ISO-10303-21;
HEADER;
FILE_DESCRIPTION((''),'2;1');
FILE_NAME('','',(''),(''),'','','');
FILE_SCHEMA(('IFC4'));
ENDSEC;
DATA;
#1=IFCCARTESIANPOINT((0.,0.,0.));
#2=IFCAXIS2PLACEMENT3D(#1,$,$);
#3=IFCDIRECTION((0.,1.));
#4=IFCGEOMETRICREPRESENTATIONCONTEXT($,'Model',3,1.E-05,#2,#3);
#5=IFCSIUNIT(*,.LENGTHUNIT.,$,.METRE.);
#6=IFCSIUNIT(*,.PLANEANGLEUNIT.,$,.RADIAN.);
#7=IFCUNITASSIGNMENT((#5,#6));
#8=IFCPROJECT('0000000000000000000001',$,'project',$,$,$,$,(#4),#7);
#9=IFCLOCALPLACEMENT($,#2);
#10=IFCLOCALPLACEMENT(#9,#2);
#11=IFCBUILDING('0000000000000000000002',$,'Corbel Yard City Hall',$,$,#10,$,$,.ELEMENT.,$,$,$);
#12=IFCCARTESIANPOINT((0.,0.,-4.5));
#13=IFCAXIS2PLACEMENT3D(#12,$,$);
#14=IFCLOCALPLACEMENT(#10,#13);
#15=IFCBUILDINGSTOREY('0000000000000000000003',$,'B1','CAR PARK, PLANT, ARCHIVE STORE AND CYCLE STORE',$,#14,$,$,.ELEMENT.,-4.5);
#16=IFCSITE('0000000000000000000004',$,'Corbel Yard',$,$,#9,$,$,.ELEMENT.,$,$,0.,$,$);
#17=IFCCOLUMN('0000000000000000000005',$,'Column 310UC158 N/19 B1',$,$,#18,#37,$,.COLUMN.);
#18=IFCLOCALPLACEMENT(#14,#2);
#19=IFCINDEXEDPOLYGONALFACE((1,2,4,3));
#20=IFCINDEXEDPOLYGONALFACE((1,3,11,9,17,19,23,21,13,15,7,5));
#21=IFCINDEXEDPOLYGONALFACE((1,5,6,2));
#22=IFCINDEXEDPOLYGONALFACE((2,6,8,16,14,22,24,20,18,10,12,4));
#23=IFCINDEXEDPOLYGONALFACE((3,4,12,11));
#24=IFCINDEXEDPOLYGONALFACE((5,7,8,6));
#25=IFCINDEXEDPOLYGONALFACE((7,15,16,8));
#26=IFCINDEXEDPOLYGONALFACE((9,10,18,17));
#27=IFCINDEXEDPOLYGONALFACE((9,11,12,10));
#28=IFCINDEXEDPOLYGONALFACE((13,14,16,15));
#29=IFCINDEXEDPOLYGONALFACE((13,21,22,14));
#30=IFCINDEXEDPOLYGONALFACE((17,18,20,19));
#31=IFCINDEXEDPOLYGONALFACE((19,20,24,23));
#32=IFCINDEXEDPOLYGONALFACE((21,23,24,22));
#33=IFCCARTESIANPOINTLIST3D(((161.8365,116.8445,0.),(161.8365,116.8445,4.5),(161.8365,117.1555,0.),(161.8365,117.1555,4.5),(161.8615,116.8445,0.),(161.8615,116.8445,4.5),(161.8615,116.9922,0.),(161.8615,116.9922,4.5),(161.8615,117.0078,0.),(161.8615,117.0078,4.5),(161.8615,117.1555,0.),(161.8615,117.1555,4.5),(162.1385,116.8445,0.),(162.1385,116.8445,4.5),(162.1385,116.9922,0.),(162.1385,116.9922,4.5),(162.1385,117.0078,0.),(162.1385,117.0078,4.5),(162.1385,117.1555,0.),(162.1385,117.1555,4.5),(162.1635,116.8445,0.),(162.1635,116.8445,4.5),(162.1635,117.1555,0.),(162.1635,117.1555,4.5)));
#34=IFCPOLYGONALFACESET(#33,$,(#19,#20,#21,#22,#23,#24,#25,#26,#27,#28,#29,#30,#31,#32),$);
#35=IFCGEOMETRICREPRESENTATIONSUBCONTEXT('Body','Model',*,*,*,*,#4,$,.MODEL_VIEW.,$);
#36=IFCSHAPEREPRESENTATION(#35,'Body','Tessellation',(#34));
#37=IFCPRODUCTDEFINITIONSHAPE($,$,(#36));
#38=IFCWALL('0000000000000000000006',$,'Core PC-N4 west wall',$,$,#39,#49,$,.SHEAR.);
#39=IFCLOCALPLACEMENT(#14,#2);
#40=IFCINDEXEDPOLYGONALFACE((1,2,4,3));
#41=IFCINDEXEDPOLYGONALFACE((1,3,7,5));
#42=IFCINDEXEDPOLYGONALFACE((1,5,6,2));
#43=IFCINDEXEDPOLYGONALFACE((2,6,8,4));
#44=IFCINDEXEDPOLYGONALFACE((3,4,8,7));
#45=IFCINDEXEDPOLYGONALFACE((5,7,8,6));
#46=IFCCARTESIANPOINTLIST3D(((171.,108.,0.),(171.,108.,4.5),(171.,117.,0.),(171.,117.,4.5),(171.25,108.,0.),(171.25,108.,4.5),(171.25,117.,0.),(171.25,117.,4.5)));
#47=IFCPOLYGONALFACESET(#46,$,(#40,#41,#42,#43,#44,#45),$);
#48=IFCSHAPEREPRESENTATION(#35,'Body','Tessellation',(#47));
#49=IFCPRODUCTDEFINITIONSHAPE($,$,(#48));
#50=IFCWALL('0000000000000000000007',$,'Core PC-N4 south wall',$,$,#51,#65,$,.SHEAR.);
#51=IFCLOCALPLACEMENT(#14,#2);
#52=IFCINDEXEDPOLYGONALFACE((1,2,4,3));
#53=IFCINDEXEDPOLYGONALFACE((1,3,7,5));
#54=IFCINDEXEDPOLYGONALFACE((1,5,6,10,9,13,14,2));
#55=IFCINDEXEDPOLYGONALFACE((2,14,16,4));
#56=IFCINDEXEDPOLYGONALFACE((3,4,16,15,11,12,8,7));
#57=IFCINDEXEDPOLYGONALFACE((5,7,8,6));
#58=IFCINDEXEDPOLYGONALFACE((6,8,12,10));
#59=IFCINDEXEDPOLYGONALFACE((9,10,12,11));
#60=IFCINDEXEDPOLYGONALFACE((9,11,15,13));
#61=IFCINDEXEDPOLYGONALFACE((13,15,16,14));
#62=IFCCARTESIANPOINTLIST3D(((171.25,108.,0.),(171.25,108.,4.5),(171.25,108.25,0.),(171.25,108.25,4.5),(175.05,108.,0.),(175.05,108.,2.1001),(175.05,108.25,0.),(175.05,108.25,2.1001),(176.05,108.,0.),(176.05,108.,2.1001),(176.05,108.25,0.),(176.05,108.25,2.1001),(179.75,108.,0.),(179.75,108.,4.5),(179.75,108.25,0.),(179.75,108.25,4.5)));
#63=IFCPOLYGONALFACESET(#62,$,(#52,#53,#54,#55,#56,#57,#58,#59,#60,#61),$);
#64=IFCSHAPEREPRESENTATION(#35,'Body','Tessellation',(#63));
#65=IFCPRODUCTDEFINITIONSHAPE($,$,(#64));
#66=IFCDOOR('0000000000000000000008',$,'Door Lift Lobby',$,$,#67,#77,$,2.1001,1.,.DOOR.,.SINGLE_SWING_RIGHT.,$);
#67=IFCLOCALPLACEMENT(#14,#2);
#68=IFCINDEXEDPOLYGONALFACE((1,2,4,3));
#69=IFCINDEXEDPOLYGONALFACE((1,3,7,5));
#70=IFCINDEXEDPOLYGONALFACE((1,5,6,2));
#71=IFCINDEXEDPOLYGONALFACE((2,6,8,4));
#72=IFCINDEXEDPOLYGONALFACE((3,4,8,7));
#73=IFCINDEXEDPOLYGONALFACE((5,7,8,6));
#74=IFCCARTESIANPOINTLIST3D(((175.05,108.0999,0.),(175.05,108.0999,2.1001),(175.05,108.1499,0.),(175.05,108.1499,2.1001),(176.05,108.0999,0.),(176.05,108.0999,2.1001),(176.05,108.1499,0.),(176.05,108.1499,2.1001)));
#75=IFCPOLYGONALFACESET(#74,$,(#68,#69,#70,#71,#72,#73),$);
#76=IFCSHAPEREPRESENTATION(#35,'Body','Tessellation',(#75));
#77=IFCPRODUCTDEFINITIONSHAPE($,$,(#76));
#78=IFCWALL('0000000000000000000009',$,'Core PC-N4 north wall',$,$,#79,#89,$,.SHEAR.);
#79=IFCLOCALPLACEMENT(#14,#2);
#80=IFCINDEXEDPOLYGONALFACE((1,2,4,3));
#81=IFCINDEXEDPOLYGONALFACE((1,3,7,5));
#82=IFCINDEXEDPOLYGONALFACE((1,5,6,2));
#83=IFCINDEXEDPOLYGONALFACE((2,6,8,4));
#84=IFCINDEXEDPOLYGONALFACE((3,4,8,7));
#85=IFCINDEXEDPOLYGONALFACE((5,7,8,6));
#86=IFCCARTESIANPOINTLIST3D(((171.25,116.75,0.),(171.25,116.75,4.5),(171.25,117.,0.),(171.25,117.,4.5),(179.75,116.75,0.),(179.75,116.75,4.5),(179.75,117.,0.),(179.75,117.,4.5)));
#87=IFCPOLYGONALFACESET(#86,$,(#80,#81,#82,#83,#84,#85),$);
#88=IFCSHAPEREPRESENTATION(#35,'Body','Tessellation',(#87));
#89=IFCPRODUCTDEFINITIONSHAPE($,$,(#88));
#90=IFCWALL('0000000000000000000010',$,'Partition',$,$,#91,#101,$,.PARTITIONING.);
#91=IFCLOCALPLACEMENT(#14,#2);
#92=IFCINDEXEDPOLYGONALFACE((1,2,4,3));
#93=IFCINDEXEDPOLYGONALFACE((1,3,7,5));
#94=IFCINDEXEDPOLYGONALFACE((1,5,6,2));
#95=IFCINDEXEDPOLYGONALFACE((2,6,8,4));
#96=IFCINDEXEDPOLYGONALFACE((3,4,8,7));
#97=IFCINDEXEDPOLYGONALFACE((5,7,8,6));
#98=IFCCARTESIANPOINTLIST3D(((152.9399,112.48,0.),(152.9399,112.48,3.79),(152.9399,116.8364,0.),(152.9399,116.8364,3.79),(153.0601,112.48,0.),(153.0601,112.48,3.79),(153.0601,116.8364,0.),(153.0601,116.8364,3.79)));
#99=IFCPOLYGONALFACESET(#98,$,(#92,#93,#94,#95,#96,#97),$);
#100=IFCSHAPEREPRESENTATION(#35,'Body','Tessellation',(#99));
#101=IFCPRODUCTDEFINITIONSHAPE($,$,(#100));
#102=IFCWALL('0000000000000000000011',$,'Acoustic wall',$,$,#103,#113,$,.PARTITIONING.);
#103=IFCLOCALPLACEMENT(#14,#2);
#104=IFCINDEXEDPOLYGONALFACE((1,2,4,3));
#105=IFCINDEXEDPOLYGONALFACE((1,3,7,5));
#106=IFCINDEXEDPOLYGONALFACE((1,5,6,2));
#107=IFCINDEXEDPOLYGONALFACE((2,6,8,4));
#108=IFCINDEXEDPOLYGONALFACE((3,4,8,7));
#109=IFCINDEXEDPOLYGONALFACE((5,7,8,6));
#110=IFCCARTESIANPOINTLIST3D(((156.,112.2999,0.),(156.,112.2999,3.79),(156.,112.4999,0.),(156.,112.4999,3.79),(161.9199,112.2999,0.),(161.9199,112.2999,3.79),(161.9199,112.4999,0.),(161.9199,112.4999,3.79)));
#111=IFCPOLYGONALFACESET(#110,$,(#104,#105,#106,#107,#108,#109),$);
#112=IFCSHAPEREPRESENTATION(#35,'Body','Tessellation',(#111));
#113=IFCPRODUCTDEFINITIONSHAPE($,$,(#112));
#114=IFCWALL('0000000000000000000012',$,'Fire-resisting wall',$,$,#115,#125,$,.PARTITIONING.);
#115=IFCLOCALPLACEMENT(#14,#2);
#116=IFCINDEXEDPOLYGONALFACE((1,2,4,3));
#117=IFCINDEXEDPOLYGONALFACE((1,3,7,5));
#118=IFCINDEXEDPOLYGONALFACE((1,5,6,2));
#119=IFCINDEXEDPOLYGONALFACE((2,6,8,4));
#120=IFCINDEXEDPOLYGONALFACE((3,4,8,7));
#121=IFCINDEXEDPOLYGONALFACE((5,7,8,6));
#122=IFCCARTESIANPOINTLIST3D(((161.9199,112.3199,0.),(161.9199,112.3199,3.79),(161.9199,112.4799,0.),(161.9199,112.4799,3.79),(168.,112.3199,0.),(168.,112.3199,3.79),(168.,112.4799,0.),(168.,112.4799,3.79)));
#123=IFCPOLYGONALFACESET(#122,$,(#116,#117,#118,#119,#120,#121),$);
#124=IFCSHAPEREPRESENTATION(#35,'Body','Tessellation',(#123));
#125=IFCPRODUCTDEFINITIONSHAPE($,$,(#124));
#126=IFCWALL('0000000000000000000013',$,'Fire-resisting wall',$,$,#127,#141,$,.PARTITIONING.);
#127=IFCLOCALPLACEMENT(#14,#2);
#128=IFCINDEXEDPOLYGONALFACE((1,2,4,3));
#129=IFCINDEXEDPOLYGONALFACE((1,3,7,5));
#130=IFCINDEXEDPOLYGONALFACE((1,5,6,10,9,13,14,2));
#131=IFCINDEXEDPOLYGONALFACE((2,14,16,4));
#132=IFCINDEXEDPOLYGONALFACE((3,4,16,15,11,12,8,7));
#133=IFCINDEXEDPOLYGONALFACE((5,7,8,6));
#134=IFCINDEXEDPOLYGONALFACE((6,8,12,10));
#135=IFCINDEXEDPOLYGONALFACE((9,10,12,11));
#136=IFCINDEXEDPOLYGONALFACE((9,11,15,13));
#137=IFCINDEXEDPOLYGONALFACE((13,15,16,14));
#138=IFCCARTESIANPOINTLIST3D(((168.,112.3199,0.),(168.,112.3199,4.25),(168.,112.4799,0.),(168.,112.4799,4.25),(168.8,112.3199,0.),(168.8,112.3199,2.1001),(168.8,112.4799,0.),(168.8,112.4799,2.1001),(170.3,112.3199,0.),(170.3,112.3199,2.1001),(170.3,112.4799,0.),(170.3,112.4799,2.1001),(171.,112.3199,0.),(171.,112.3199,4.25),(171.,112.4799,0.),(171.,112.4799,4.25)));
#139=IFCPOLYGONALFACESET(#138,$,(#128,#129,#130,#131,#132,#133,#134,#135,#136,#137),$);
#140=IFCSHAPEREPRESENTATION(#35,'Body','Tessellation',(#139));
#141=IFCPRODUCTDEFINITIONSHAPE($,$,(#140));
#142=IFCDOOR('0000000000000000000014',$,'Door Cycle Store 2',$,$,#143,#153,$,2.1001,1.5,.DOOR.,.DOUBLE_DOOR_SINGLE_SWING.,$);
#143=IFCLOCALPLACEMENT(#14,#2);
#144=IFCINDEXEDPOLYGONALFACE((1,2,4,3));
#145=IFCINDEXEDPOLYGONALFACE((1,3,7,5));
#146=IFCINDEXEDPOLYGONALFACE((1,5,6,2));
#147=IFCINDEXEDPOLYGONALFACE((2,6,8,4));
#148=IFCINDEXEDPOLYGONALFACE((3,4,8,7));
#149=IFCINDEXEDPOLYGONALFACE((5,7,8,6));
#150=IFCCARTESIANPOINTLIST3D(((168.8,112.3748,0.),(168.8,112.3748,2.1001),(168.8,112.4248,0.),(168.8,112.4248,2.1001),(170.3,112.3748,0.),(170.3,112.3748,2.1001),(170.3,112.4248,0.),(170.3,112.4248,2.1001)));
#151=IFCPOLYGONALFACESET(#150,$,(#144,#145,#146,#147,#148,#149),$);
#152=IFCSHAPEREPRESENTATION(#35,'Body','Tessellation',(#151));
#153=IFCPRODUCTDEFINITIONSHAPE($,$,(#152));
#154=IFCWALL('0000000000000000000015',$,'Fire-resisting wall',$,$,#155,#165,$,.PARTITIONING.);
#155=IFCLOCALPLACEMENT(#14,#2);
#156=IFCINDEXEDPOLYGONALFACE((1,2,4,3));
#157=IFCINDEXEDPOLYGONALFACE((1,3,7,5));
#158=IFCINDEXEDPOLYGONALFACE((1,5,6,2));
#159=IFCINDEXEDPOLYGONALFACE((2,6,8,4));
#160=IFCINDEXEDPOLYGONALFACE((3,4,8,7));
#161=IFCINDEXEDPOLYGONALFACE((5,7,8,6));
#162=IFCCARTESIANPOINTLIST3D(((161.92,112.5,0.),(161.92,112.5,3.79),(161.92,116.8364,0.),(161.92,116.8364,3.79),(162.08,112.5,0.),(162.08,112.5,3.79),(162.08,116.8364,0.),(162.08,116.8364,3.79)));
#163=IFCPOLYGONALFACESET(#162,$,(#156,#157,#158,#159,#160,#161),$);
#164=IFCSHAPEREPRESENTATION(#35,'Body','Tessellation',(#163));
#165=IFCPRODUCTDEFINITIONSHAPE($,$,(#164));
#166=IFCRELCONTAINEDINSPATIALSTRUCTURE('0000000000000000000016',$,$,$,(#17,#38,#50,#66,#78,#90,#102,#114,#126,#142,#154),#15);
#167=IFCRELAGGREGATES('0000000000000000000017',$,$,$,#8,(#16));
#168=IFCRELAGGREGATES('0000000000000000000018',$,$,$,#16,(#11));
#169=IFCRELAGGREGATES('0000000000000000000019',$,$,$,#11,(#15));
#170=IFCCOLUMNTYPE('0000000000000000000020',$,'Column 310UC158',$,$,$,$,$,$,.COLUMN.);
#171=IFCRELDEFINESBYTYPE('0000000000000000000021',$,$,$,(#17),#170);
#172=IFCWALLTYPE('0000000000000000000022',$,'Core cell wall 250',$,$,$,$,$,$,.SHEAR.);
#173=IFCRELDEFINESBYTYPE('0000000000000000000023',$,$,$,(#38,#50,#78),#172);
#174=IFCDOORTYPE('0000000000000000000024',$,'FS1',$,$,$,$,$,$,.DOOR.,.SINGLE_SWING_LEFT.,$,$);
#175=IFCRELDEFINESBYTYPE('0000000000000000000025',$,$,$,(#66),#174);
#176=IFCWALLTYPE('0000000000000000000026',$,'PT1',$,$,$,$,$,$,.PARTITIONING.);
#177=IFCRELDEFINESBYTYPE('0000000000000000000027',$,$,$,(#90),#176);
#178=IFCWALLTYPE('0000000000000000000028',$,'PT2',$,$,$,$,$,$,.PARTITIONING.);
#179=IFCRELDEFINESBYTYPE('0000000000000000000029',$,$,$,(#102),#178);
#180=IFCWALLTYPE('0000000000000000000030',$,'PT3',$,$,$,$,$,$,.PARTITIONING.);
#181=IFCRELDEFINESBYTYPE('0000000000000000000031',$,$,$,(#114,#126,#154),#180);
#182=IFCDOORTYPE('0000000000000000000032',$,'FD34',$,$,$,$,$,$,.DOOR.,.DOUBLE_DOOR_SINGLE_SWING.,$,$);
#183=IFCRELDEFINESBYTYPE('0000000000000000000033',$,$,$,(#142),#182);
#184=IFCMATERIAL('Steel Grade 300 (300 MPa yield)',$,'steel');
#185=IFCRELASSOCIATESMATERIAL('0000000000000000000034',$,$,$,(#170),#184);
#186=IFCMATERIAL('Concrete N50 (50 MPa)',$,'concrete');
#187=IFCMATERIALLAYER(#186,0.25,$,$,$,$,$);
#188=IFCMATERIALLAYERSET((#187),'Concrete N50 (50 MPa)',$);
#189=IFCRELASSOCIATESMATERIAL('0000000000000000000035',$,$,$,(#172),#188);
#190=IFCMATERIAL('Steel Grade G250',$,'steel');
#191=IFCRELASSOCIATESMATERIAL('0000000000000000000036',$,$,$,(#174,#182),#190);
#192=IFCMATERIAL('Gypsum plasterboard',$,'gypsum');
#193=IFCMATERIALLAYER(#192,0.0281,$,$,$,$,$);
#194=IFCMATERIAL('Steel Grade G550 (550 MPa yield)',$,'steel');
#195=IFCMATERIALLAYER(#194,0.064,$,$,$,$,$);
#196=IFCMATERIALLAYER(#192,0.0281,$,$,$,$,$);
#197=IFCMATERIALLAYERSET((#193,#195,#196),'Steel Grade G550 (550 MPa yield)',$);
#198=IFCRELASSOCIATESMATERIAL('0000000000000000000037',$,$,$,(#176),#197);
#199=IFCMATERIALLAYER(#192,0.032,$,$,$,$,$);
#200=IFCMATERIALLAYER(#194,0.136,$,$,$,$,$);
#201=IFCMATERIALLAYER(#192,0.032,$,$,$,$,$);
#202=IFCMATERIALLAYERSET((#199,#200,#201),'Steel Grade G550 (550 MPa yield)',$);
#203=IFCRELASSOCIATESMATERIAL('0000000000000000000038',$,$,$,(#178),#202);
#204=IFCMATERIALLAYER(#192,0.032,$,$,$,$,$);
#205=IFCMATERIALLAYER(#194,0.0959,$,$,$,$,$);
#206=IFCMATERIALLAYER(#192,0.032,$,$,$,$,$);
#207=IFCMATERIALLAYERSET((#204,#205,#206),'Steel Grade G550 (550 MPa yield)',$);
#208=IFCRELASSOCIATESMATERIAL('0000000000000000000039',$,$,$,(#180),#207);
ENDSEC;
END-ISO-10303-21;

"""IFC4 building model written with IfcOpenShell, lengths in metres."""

from ifc_helpers import new_model, si_unit, direction, frame, frame_2d, origin, origin_2d, place, context, subcontext, project, spatial, rectangle, i_section, extrude, material, layer, layer_set, material_profile, profile_set, type_object, element, fill, save


model = new_model("IFC4")

# Units and contexts
model_context = context("Model", 3, precision=1e-05, world=origin(), true_north=direction((0.0, 1.0)))
body_context = subcontext(model_context, "Body", "Model", "MODEL_VIEW")
ifc_project = project(units=[si_unit("LENGTHUNIT", "METRE"), si_unit("PLANEANGLEUNIT", "RADIAN")], contexts=[model_context])

# Site, building, storey
site_placement = place(None, origin())
site = spatial("IfcSite", under=ifc_project, at=site_placement, Name="Corbel Yard", CompositionType="ELEMENT", RefElevation=0.0)
building_placement = place(site_placement, origin())
building = spatial("IfcBuilding", under=site, at=building_placement, Name="Corbel Yard City Hall", CompositionType="ELEMENT")
storey_placement = place(building_placement, frame((0.0, 0.0, -4.5)))
storey = spatial("IfcBuildingStorey", under=building, at=storey_placement, Name="B1", Description="CAR PARK, PLANT, ARCHIVE STORE AND CYCLE STORE", CompositionType="ELEMENT", Elevation=-4.5)

# Column
ifc_material_1 = material(Name="Steel Grade 300 (300 MPa yield)", Category="steel")
ifc_material_profile_1 = material_profile(ifc_material_1, i_section(OverallWidth=0.311, OverallDepth=0.3269, WebThickness=0.0156, FlangeThickness=0.0249, at=origin_2d()), Name="310UC158")
ifc_profile_set_1 = profile_set([ifc_material_profile_1], Name="Steel Grade 300 (300 MPa yield)")
column_type = type_object("IfcColumnType", Name="Column 310UC158", PredefinedType="COLUMN", material=ifc_profile_set_1)
for number, where, z_axis, x_axis, name in (
    (1, (162.0, 117.0, 0.0), (0.0, 0.0, 1.0), (0.0, 1.0, 0.0), "Column 310UC158 N/19 B1"),
):
    element("IfcColumn", number, at=place(storey_placement, frame(where, z_axis=z_axis, x_axis=x_axis)), inside=storey, type_object=column_type, Name=name, PredefinedType="COLUMN", context=body_context, shape_type="SweptSolid", body=[
        extrude(i_section(OverallWidth=0.311, OverallDepth=0.3269, WebThickness=0.0156, FlangeThickness=0.0249, at=origin_2d()), origin(), (0.0, 0.0, 1.0), 4.5),
    ])

# Wall
ifc_material_2 = material(Name="Concrete N50 (50 MPa)", Category="concrete")
ifc_layer_1 = layer(ifc_material_2, 0.25)
ifc_layer_set_1 = layer_set([ifc_layer_1], Name="Concrete N50 (50 MPa)")
wall_type_1 = type_object("IfcWallType", Name="Core cell wall 250", PredefinedType="SHEAR", material=ifc_layer_set_1)
wall_1_placement = place(storey_placement, frame((171.125, 108.0, 0.0), z_axis=(0.0, 0.0, 1.0), x_axis=(0.0, 1.0, 0.0)))
element("IfcWall", 2, at=wall_1_placement, inside=storey, type_object=wall_type_1, Name="Core PC-N4 west wall", PredefinedType="SHEAR", context=body_context, shape_type="SweptSolid", body=[
    extrude(rectangle(XDim=9.0, YDim=0.25, at=frame_2d((4.5, 0.0))), origin(), (0.0, 0.0, 1.0), 4.5),
])

# Wall, opening, door
wall_2_placement = place(storey_placement, frame((171.25, 108.125, 0.0), z_axis=(0.0, 0.0, 1.0), x_axis=(1.0, 0.0, 0.0)))
wall_2 = element("IfcWall", 3, at=wall_2_placement, inside=storey, type_object=wall_type_1, Name="Core PC-N4 south wall", PredefinedType="SHEAR", context=body_context, shape_type="SweptSolid", body=[
    extrude(rectangle(XDim=8.5, YDim=0.25, at=frame_2d((4.25, 0.0))), origin(), (0.0, 0.0, 1.0), 4.5),
])
opening_1_placement = place(wall_2_placement, frame((3.8, 0.0, 0.0)))
opening_1 = element("IfcOpeningElement", 4, at=opening_1_placement, cuts=wall_2, PredefinedType="OPENING", context=body_context, shape_type="SweptSolid", body=[
    extrude(rectangle(XDim=1.0, YDim=2.1001, at=frame_2d((0.5, 1.05))), frame((0.0, 0.135, 0.0), z_axis=(0.0, -1.0, 0.0), x_axis=(1.0, 0.0, 0.0)), (0.0, 0.0, 1.0), 0.27),
])
ifc_material_3 = material(Name="Steel Grade G250", Category="steel")
door_type_1 = type_object("IfcDoorType", Name="FS1", OperationType="SINGLE_SWING_LEFT", PredefinedType="DOOR", material=ifc_material_3)
door_1_placement = place(opening_1_placement, origin())
door_1 = element("IfcDoor", 5, at=door_1_placement, inside=storey, type_object=door_type_1, Name="Door Lift Lobby", OperationType="SINGLE_SWING_RIGHT", OverallHeight=2.1001, OverallWidth=1.0, PredefinedType="DOOR", context=body_context, shape_type="SweptSolid", body=[
    extrude(rectangle(XDim=1.0, YDim=2.1001, at=frame_2d((0.5, 1.05))), frame((0.0, 0.0249, 0.0), z_axis=(0.0, -1.0, 0.0), x_axis=(1.0, 0.0, 0.0)), (0.0, 0.0, 1.0), 0.05),
])
fill(opening_1, door_1)

# Walls
wall_3_placement = place(storey_placement, frame((171.25, 116.875, 0.0), z_axis=(0.0, 0.0, 1.0), x_axis=(1.0, 0.0, 0.0)))
element("IfcWall", 6, at=wall_3_placement, inside=storey, type_object=wall_type_1, Name="Core PC-N4 north wall", PredefinedType="SHEAR", context=body_context, shape_type="SweptSolid", body=[
    extrude(rectangle(XDim=8.5, YDim=0.25, at=frame_2d((4.25, 0.0))), origin(), (0.0, 0.0, 1.0), 4.5),
])
ifc_material_4 = material(Name="Gypsum plasterboard", Category="gypsum")
ifc_layer_2 = layer(ifc_material_4, 0.0281)
ifc_material_5 = material(Name="Steel Grade G550 (550 MPa yield)", Category="steel")
ifc_layer_3 = layer(ifc_material_5, 0.064)
ifc_layer_4 = layer(ifc_material_4, 0.0281)
ifc_layer_set_2 = layer_set([ifc_layer_2, ifc_layer_3, ifc_layer_4], Name="Steel Grade G550 (550 MPa yield)")
wall_type_2 = type_object("IfcWallType", Name="PT1", PredefinedType="PARTITIONING", material=ifc_layer_set_2)
wall_4_placement = place(storey_placement, frame((153.0, 112.48, 0.0), z_axis=(0.0, 0.0, 1.0), x_axis=(0.0, 1.0, 0.0)))
element("IfcWall", 7, at=wall_4_placement, inside=storey, type_object=wall_type_2, Name="Partition", PredefinedType="PARTITIONING", context=body_context, shape_type="SweptSolid", body=[
    extrude(rectangle(XDim=4.3564, YDim=0.1201, at=frame_2d((2.1782, 0.0))), origin(), (0.0, 0.0, 1.0), 3.79),
])
ifc_layer_5 = layer(ifc_material_4, 0.032)
ifc_layer_6 = layer(ifc_material_5, 0.136)
ifc_layer_7 = layer(ifc_material_4, 0.032)
ifc_layer_set_3 = layer_set([ifc_layer_5, ifc_layer_6, ifc_layer_7], Name="Steel Grade G550 (550 MPa yield)")
wall_type_3 = type_object("IfcWallType", Name="PT2", PredefinedType="PARTITIONING", material=ifc_layer_set_3)
wall_5_placement = place(storey_placement, frame((156.0, 112.3999, 0.0), z_axis=(0.0, 0.0, 1.0), x_axis=(1.0, 0.0, 0.0)))
element("IfcWall", 8, at=wall_5_placement, inside=storey, type_object=wall_type_3, Name="Acoustic wall", PredefinedType="PARTITIONING", context=body_context, shape_type="SweptSolid", body=[
    extrude(rectangle(XDim=5.9199, YDim=0.2, at=frame_2d((2.96, 0.0))), origin(), (0.0, 0.0, 1.0), 3.79),
])
ifc_layer_8 = layer(ifc_material_4, 0.032)
ifc_layer_9 = layer(ifc_material_5, 0.0959)
ifc_layer_10 = layer(ifc_material_4, 0.032)
ifc_layer_set_4 = layer_set([ifc_layer_8, ifc_layer_9, ifc_layer_10], Name="Steel Grade G550 (550 MPa yield)")
wall_type_4 = type_object("IfcWallType", Name="PT3", PredefinedType="PARTITIONING", material=ifc_layer_set_4)
wall_6_placement = place(storey_placement, frame((161.9199, 112.3999, 0.0), z_axis=(0.0, 0.0, 1.0), x_axis=(1.0, 0.0, 0.0)))
element("IfcWall", 9, at=wall_6_placement, inside=storey, type_object=wall_type_4, Name="Fire-resisting wall", PredefinedType="PARTITIONING", context=body_context, shape_type="SweptSolid", body=[
    extrude(rectangle(XDim=6.0801, YDim=0.1599, at=frame_2d((3.04, 0.0))), origin(), (0.0, 0.0, 1.0), 3.79),
])

# Wall, opening, door
wall_7_placement = place(storey_placement, frame((168.0, 112.3999, 0.0), z_axis=(0.0, 0.0, 1.0), x_axis=(1.0, 0.0, 0.0)))
wall_7 = element("IfcWall", 10, at=wall_7_placement, inside=storey, type_object=wall_type_4, Name="Fire-resisting wall", PredefinedType="PARTITIONING", context=body_context, shape_type="SweptSolid", body=[
    extrude(rectangle(XDim=3.0, YDim=0.1599, at=frame_2d((1.5, 0.0))), origin(), (0.0, 0.0, 1.0), 4.25),
])
opening_2_placement = place(wall_7_placement, frame((0.8, 0.0, 0.0)))
opening_2 = element("IfcOpeningElement", 11, at=opening_2_placement, cuts=wall_7, PredefinedType="OPENING", context=body_context, shape_type="SweptSolid", body=[
    extrude(rectangle(XDim=1.5, YDim=2.1001, at=frame_2d((0.75, 1.05))), frame((0.0, 0.0898, 0.0), z_axis=(0.0, -1.0, 0.0), x_axis=(1.0, 0.0, 0.0)), (0.0, 0.0, 1.0), 0.1799),
])
door_type_2 = type_object("IfcDoorType", Name="FD34", OperationType="DOUBLE_DOOR_SINGLE_SWING", PredefinedType="DOOR", material=ifc_material_3)
door_2_placement = place(opening_2_placement, origin())
door_2 = element("IfcDoor", 12, at=door_2_placement, inside=storey, type_object=door_type_2, Name="Door Cycle Store 2", OperationType="DOUBLE_DOOR_SINGLE_SWING", OverallHeight=2.1001, OverallWidth=1.5, PredefinedType="DOOR", context=body_context, shape_type="SweptSolid", body=[
    extrude(rectangle(XDim=1.5, YDim=2.1001, at=frame_2d((0.75, 1.05))), frame((0.0, 0.0249, 0.0), z_axis=(0.0, -1.0, 0.0), x_axis=(1.0, 0.0, 0.0)), (0.0, 0.0, 1.0), 0.05),
])
fill(opening_2, door_2)

# Wall
wall_8_placement = place(storey_placement, frame((162.0, 112.5, 0.0), z_axis=(0.0, 0.0, 1.0), x_axis=(0.0, 1.0, 0.0)))
element("IfcWall", 13, at=wall_8_placement, inside=storey, type_object=wall_type_4, Name="Fire-resisting wall", PredefinedType="PARTITIONING", context=body_context, shape_type="SweptSolid", body=[
    extrude(rectangle(XDim=4.3364, YDim=0.1599, at=frame_2d((2.1682, 0.0))), origin(), (0.0, 0.0, 1.0), 3.79),
])

save(model, "model.ifc")
